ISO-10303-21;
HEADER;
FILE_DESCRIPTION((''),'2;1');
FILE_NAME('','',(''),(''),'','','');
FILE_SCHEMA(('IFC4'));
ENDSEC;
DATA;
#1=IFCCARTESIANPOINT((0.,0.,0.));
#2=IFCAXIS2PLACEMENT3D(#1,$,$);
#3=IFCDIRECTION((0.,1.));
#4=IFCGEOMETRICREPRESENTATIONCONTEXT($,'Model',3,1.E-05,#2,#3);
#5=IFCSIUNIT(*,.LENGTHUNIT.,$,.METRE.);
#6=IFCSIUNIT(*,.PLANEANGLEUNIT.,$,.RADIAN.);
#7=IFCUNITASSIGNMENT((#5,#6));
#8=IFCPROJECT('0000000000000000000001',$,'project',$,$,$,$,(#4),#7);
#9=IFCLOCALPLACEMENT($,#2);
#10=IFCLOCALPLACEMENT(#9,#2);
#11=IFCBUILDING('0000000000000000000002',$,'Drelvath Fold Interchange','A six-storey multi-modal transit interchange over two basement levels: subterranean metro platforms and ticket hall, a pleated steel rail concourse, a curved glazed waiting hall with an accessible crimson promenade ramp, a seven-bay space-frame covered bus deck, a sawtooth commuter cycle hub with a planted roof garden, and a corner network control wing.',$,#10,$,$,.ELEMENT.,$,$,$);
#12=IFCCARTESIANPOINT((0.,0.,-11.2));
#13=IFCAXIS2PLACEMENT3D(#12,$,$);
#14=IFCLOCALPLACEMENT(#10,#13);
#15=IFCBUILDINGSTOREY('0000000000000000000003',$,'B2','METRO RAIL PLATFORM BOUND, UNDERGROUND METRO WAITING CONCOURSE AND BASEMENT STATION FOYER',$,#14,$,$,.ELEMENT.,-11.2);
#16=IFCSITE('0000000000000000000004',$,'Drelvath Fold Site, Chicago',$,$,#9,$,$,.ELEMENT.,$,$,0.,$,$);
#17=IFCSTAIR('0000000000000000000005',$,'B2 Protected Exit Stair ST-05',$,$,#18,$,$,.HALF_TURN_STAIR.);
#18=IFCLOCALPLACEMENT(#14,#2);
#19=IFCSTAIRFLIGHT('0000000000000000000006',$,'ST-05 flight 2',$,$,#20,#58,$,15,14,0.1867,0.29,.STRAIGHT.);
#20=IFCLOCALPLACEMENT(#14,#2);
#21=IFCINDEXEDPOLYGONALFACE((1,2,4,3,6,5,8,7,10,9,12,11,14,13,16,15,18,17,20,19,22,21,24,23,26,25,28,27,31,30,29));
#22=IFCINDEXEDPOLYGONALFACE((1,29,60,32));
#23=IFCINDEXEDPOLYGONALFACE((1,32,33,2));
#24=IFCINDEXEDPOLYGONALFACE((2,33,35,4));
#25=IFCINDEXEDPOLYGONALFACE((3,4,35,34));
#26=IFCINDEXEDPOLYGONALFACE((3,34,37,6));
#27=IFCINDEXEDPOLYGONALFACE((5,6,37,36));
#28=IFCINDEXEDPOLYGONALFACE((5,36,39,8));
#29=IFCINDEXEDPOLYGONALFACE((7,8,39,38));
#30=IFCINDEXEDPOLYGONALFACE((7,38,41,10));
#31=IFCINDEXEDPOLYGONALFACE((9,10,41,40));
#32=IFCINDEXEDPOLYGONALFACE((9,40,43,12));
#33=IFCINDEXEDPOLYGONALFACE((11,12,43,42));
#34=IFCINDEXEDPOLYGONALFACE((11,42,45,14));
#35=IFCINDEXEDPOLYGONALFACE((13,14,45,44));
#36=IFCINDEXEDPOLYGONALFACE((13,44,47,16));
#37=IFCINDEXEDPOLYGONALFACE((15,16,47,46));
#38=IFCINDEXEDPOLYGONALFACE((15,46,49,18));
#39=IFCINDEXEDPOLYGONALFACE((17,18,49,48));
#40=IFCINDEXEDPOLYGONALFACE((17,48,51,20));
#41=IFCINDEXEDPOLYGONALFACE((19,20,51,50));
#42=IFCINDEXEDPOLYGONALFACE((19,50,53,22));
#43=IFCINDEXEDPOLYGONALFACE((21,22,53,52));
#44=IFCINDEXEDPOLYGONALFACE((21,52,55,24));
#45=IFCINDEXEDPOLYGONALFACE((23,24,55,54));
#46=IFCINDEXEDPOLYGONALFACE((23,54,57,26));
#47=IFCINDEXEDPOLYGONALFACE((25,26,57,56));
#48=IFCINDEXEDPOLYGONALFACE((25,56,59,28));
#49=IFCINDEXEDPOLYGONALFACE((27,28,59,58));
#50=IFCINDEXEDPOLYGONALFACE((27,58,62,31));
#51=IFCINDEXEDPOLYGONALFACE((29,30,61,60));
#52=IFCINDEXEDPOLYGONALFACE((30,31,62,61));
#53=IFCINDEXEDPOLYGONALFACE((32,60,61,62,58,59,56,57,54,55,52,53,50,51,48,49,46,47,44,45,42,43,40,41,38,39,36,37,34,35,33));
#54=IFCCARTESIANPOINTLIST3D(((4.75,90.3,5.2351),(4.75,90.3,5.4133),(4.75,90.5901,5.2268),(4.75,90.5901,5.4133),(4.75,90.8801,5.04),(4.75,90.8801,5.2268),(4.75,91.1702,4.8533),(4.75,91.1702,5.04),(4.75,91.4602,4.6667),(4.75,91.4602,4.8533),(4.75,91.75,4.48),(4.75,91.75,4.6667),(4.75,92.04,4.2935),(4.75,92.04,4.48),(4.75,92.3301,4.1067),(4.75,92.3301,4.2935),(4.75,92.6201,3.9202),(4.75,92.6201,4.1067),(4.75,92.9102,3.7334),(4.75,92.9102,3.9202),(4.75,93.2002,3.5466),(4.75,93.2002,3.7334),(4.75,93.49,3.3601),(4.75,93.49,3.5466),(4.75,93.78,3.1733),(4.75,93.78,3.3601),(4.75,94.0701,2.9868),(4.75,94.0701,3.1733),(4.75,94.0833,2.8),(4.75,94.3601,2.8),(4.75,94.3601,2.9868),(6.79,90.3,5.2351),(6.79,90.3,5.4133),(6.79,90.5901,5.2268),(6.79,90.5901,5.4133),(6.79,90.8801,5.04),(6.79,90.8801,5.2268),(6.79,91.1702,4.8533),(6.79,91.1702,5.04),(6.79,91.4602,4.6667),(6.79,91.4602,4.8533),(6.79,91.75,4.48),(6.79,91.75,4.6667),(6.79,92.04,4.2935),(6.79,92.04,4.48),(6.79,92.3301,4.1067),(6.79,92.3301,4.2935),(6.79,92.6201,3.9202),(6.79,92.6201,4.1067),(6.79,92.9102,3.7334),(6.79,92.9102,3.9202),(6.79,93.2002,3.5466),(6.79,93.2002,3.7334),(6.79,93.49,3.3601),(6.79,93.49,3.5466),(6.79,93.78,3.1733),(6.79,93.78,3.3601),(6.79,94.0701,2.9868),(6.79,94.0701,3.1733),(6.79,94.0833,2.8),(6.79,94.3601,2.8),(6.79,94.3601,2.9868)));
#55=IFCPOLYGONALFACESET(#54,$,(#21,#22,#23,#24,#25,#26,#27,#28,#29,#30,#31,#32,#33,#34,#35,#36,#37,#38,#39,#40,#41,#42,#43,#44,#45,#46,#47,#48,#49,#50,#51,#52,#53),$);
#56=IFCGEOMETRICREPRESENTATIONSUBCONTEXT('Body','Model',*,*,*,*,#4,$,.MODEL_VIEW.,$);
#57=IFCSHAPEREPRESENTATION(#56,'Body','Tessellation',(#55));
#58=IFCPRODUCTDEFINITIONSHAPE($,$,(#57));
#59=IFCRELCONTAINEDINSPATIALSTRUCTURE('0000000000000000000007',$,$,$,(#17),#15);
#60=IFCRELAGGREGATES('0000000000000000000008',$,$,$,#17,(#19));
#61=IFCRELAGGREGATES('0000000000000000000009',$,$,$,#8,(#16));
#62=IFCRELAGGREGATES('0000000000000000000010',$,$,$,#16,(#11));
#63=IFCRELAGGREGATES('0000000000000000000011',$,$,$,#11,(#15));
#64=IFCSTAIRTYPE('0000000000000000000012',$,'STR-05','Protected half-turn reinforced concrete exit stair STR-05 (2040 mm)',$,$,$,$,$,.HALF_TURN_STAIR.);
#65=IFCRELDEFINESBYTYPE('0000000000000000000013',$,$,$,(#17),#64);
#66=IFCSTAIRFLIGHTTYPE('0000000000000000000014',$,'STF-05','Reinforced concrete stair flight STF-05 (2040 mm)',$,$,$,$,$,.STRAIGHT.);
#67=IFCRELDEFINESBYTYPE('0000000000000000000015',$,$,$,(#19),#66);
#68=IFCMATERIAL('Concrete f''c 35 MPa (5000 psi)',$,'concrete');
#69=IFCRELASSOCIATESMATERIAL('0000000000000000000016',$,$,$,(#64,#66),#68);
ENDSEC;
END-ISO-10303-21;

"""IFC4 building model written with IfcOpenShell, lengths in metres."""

from ifc_helpers import new_model, si_unit, direction, frame, origin, place, context, subcontext, project, spatial, polyline, outline, extrude, material, type_object, element, aggregate, save


model = new_model("IFC4")

# Units and contexts
model_context = context("Model", 3, precision=1e-05, world=origin(), true_north=direction((0.0, 1.0)))
body_context = subcontext(model_context, "Body", "Model", "MODEL_VIEW")
ifc_project = project(units=[si_unit("LENGTHUNIT", "METRE"), si_unit("PLANEANGLEUNIT", "RADIAN")], contexts=[model_context])

# Site, building, storey
site_placement = place(None, origin())
site = spatial("IfcSite", under=ifc_project, at=site_placement, Name="Drelvath Fold Site, Chicago", CompositionType="ELEMENT", RefElevation=0.0)
building_placement = place(site_placement, origin())
building = spatial("IfcBuilding", under=site, at=building_placement, Name="Drelvath Fold Interchange", Description="A six-storey multi-modal transit interchange over two basement levels: subterranean metro platforms and ticket hall, a pleated steel rail concourse, a curved glazed waiting hall with an accessible crimson promenade ramp, a seven-bay space-frame covered bus deck, a sawtooth commuter cycle hub with a planted roof garden, and a corner network control wing.", CompositionType="ELEMENT")
storey_placement = place(building_placement, frame((0.0, 0.0, -11.2)))
storey = spatial("IfcBuildingStorey", under=building, at=storey_placement, Name="B2", Description="METRO RAIL PLATFORM BOUND, UNDERGROUND METRO WAITING CONCOURSE AND BASEMENT STATION FOYER", CompositionType="ELEMENT", Elevation=-11.2)

# Stair, stair flight
ifc_material_1 = material(Name="Concrete f'c 35 MPa (5000 psi)", Category="concrete")
stair_type = type_object("IfcStairType", Name="STR-05", Description="Protected half-turn reinforced concrete exit stair STR-05 (2040 mm)", PredefinedType="HALF_TURN_STAIR", material=ifc_material_1)
stair_placement = place(storey_placement, origin())
stair = element("IfcStair", 1, at=stair_placement, inside=storey, type_object=stair_type, Name="B2 Protected Exit Stair ST-05", PredefinedType="HALF_TURN_STAIR")
stair_flight_type = type_object("IfcStairFlightType", Name="STF-05", Description="Reinforced concrete stair flight STF-05 (2040 mm)", PredefinedType="STRAIGHT", material=ifc_material_1)
stair_flight_1_placement = place(storey_placement, frame((5.77, 94.3601, 2.8), z_axis=(0.0, 0.0, 1.0), x_axis=(0.0, -1.0, 0.0)))
stair_flight_1 = element("IfcStairFlight", 2, at=stair_flight_1_placement, type_object=stair_flight_type, Name="ST-05 flight 2", NumberOfRisers=15, NumberOfTreads=14, PredefinedType="STRAIGHT", RiserHeight=0.1867, TreadLength=0.29, context=body_context, shape_type="SweptSolid", body=[
    extrude(outline(polyline([(0.0, 0.0), (0.0, 0.1868), (0.29, 0.1868), (0.29, 0.3733), (0.5801, 0.3733), (0.5801, 0.5601), (0.8701, 0.5601), (0.8701, 0.7466), (1.1599, 0.7466), (1.1599, 0.9333), (1.45, 0.9333), (1.45, 1.1201), (1.74, 1.1201), (1.74, 1.3066), (2.03, 1.3066), (2.03, 1.4934), (2.3201, 1.4934), (2.3201, 1.6799), (2.6101, 1.6799), (2.6101, 1.8667), (2.8999, 1.8667), (2.8999, 2.0532), (3.1899, 2.0532), (3.1899, 2.24), (3.48, 2.24), (3.48, 2.4268), (3.77, 2.4268), (3.77, 2.6133), (4.0601, 2.6133), (4.0601, 2.8), (4.0601, 2.4351), (0.2769, 0.0), (0.0, 0.0)])), frame((0.0, 1.02, 0.0), z_axis=(0.0, -1.0, 0.0), x_axis=(1.0, 0.0, 0.0)), (0.0, 0.0, 1.0), 2.04),
])
aggregate(stair, [stair_flight_1])

save(model, "model.ifc")
